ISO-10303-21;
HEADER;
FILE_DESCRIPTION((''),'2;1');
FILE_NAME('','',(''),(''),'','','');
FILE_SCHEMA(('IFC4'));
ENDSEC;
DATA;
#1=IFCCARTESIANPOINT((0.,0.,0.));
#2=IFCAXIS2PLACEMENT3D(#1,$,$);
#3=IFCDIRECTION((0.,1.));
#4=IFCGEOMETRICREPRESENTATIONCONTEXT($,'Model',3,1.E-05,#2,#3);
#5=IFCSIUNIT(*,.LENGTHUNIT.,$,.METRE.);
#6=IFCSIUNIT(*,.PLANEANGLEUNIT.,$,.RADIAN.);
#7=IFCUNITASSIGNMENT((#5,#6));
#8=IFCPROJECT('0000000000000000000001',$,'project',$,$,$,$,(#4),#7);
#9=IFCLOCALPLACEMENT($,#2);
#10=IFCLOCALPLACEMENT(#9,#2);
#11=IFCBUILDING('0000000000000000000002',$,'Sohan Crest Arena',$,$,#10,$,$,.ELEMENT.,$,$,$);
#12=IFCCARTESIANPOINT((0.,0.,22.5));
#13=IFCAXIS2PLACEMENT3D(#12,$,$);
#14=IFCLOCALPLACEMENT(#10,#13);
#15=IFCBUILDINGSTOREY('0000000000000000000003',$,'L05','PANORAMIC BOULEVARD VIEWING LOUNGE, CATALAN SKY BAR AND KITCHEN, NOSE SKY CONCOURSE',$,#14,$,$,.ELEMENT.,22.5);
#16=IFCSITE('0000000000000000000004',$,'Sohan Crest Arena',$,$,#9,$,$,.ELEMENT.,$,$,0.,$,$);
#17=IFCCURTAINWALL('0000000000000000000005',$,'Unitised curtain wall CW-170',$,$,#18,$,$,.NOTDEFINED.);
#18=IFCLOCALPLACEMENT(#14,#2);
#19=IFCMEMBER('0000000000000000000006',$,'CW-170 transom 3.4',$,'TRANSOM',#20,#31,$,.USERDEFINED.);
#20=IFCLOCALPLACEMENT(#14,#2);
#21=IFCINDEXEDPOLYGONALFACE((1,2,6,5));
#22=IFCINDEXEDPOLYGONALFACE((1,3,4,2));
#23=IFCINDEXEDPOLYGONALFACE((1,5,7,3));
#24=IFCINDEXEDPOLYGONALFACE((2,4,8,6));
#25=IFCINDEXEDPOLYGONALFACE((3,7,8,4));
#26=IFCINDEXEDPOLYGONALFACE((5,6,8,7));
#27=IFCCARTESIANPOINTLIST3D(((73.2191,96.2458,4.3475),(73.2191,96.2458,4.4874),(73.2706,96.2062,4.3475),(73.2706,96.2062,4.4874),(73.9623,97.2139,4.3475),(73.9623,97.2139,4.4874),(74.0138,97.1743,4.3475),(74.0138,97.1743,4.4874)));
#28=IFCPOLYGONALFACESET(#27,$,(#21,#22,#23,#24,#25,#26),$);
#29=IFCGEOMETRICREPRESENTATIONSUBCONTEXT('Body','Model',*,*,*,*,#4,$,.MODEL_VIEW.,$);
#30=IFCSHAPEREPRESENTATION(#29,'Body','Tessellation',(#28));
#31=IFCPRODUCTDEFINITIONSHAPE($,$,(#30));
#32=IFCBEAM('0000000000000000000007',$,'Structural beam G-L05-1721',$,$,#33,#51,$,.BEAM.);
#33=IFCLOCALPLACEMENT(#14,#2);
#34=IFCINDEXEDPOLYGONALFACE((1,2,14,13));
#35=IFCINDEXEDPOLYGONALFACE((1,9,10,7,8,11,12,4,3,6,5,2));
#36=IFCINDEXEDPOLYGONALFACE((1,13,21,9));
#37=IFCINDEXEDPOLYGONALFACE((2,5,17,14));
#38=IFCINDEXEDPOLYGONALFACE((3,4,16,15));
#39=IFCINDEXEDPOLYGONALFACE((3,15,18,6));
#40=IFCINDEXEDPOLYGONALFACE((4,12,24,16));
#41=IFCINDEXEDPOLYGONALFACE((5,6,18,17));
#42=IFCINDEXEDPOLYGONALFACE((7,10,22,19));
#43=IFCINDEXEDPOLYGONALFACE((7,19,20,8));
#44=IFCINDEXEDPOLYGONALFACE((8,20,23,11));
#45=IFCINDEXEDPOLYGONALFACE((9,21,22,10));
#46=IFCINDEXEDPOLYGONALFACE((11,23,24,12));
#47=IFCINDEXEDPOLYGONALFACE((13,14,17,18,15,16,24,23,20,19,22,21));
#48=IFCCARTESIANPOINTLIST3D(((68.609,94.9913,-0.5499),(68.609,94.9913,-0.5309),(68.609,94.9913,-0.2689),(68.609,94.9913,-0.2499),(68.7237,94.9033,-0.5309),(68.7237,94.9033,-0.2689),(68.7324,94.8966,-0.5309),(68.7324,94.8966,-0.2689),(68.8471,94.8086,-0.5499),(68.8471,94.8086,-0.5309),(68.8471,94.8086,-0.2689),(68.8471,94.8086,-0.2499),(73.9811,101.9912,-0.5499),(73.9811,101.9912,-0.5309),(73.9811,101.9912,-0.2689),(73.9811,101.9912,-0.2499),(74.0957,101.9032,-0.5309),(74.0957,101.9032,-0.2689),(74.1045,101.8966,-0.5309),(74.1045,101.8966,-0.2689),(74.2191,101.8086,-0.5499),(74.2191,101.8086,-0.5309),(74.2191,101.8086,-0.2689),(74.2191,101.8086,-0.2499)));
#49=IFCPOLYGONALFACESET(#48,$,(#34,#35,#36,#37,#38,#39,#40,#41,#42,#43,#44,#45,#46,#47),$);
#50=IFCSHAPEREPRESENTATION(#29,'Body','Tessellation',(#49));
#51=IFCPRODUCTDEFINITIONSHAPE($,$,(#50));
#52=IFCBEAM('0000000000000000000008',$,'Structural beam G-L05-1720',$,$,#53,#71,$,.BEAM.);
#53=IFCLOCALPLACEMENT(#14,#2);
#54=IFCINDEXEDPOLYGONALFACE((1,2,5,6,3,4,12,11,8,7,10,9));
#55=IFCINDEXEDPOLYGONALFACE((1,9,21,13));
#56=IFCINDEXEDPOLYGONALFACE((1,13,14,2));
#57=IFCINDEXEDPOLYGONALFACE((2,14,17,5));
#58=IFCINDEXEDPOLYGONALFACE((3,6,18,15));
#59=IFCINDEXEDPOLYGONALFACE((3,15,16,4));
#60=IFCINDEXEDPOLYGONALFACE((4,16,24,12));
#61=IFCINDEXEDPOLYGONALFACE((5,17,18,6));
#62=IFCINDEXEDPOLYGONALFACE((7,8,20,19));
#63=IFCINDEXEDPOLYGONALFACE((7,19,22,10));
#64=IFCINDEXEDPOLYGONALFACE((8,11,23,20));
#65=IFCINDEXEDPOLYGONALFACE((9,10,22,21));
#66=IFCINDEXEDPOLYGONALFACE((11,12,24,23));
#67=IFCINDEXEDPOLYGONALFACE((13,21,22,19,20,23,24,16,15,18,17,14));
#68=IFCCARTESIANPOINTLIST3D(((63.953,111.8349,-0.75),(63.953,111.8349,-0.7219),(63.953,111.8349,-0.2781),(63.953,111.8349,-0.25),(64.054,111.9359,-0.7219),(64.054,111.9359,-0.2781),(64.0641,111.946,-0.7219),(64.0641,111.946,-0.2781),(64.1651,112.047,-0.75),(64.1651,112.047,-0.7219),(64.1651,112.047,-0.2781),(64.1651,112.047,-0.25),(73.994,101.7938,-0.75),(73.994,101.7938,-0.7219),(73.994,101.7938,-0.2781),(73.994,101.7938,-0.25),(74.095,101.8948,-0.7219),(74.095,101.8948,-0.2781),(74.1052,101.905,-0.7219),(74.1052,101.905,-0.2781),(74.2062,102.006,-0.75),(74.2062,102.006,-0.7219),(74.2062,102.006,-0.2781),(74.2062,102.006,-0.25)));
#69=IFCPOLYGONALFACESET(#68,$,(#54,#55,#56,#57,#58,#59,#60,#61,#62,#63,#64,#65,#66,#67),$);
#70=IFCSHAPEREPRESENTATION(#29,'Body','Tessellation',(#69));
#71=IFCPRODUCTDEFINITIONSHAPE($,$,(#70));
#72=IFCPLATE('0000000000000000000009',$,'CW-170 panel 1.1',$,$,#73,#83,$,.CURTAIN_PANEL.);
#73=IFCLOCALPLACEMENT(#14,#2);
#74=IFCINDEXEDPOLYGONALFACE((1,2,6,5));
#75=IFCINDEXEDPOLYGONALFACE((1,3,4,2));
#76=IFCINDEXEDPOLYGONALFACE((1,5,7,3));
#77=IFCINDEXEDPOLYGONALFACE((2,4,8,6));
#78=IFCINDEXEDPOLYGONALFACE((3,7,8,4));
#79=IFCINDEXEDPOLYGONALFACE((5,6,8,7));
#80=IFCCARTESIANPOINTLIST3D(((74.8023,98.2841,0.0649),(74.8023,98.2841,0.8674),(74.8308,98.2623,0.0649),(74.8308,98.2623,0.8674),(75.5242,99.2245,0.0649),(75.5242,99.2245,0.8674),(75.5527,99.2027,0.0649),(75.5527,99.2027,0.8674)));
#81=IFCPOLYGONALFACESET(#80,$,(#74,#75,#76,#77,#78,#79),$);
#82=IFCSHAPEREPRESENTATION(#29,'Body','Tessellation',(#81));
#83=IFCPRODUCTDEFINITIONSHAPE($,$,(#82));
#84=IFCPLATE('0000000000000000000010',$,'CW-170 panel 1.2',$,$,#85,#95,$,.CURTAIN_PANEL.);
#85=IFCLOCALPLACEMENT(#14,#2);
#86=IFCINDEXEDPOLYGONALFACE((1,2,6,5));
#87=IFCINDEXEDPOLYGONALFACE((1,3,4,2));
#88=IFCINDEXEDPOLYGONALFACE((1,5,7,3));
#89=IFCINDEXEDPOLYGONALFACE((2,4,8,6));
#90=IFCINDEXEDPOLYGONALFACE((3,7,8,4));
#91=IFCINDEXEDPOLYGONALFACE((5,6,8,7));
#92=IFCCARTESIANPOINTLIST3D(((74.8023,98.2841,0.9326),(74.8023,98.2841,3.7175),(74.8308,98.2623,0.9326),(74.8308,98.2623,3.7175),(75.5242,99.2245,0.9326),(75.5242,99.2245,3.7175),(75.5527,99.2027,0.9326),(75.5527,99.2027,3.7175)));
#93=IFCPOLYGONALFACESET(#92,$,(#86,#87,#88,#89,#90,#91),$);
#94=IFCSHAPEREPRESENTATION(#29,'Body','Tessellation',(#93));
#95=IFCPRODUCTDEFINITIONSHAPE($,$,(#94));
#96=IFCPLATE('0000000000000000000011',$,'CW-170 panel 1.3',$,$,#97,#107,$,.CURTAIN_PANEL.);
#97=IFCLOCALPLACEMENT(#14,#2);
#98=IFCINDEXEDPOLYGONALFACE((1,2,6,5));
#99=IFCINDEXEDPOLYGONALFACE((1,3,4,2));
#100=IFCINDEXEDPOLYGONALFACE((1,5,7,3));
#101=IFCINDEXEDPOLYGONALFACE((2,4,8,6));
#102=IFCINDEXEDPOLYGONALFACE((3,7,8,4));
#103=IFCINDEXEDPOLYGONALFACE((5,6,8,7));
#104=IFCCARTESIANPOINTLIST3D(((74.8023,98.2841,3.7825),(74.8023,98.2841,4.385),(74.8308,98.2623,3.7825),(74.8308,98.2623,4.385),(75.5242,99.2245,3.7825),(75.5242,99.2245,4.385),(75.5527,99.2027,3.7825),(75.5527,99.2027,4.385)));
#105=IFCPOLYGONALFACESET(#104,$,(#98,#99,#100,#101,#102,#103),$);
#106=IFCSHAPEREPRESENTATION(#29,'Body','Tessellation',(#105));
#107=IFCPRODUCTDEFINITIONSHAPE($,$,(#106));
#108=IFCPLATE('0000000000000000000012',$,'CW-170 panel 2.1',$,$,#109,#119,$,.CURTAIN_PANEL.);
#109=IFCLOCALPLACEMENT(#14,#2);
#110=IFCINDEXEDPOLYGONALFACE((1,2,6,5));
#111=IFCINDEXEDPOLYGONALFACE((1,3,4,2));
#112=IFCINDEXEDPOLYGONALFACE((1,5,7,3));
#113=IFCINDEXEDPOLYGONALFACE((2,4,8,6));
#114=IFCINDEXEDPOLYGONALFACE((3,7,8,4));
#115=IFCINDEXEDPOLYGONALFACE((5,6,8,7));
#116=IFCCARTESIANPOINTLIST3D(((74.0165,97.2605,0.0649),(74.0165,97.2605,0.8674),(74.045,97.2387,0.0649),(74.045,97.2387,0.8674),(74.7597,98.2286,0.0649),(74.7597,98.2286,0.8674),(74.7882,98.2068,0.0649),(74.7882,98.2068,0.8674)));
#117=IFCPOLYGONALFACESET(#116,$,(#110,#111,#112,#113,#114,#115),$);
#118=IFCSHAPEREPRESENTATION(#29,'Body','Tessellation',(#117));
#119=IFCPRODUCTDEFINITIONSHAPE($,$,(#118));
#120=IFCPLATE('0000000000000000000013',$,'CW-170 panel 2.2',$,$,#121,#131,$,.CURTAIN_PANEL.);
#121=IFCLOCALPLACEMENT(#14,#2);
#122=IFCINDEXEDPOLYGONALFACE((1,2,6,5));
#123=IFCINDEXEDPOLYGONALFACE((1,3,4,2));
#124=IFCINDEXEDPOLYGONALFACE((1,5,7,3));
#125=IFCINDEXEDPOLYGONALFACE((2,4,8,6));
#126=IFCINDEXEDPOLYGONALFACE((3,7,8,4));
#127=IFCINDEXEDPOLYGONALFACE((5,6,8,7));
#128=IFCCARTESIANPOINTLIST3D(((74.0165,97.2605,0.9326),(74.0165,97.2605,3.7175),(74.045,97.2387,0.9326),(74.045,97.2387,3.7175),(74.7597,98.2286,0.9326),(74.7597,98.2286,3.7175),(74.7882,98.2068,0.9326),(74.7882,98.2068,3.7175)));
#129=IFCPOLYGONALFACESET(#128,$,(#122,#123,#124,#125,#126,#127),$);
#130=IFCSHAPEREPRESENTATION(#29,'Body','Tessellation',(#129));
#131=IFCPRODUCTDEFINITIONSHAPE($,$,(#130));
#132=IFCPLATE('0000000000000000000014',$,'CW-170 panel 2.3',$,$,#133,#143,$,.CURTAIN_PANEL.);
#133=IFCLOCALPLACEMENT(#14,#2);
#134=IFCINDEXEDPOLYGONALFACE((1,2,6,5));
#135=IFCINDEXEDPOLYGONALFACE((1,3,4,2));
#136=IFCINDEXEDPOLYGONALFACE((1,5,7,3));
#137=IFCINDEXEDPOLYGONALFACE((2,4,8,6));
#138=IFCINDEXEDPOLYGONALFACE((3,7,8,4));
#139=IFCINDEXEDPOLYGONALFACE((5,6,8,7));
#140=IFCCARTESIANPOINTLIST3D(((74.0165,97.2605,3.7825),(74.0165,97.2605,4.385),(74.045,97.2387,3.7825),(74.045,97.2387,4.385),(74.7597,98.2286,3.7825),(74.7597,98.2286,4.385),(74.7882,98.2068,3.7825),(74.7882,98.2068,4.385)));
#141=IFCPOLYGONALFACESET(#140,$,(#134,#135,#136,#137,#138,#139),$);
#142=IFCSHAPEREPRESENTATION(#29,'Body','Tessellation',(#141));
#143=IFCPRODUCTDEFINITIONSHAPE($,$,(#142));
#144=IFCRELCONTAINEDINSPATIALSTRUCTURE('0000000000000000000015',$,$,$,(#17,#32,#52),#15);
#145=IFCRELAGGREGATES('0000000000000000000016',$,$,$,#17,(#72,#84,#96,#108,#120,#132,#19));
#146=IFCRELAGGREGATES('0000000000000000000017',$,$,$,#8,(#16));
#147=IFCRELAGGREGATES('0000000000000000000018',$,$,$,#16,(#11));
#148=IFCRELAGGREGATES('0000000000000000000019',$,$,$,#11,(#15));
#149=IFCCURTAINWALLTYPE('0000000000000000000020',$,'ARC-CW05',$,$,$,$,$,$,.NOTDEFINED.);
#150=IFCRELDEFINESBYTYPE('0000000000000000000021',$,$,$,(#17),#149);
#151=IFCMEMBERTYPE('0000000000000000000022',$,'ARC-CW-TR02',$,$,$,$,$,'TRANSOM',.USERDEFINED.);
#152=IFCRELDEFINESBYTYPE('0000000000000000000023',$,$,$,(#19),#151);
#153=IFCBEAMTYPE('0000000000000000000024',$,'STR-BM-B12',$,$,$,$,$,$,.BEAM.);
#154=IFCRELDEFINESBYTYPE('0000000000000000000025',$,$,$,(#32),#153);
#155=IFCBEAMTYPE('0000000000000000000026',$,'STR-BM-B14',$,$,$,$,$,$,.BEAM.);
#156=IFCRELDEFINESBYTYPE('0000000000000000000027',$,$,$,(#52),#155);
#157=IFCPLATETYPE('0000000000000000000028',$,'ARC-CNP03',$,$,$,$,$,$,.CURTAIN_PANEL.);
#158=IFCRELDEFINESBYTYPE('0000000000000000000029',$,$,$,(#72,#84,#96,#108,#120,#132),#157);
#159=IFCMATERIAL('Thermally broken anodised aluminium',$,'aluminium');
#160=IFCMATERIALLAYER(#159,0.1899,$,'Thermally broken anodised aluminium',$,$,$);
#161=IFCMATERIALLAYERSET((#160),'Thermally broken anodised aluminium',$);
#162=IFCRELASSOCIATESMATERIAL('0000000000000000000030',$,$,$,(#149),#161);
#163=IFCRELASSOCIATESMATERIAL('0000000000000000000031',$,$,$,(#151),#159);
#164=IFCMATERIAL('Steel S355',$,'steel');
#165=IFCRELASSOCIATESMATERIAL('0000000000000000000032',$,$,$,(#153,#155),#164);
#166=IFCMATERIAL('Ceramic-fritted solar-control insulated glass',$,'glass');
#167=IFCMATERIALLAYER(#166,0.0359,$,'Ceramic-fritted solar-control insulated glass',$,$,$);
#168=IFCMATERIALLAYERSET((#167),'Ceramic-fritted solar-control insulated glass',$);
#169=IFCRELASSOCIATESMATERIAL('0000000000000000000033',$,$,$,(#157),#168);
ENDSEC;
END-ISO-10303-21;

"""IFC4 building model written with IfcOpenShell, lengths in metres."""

from ifc_helpers import new_model, si_unit, direction, frame, origin, origin_2d, place, context, subcontext, project, spatial, rectangle, i_section, extrude, material, layer, layer_set, material_profile, profile_set, type_object, element, aggregate, save


model = new_model("IFC4")

# Units and contexts
model_context = context("Model", 3, precision=1e-05, world=origin(), true_north=direction((0.0, 1.0)))
body_context = subcontext(model_context, "Body", "Model", "MODEL_VIEW")
ifc_project = project(units=[si_unit("LENGTHUNIT", "METRE"), si_unit("PLANEANGLEUNIT", "RADIAN")], contexts=[model_context])

# Site, building, storey
site_placement = place(None, origin())
site = spatial("IfcSite", under=ifc_project, at=site_placement, Name="Sohan Crest Arena", CompositionType="ELEMENT", RefElevation=0.0)
building_placement = place(site_placement, origin())
building = spatial("IfcBuilding", under=site, at=building_placement, Name="Sohan Crest Arena", CompositionType="ELEMENT")
storey_placement = place(building_placement, frame((0.0, 0.0, 22.5)))
storey = spatial("IfcBuildingStorey", under=building, at=storey_placement, Name="L05", Description="PANORAMIC BOULEVARD VIEWING LOUNGE, CATALAN SKY BAR AND KITCHEN, NOSE SKY CONCOURSE", CompositionType="ELEMENT", Elevation=22.5)

# Shared definitions
ifc_material_1 = material(Name="Steel S355", Category="steel")

# Curtain wall, member
ifc_material_2 = material(Name="Thermally broken anodised aluminium", Category="aluminium")
ifc_layer_1 = layer(ifc_material_2, 0.1899, Name="Thermally broken anodised aluminium")
ifc_layer_set_1 = layer_set([ifc_layer_1], Name="Thermally broken anodised aluminium")
curtain_wall_type = type_object("IfcCurtainWallType", Name="ARC-CW05", PredefinedType="NOTDEFINED", material=ifc_layer_set_1)
curtain_wall_placement = place(storey_placement, origin())
curtain_wall = element("IfcCurtainWall", 1, at=curtain_wall_placement, inside=storey, type_object=curtain_wall_type, Name="Unitised curtain wall CW-170", PredefinedType="NOTDEFINED")
ifc_material_profile_1 = material_profile(ifc_material_2, rectangle(XDim=0.0649, YDim=0.1399, at=origin_2d()), Name="ALU-TRAN 65x140")
ifc_profile_set_1 = profile_set([ifc_material_profile_1], Name="Thermally broken anodised aluminium")
member_type_1 = type_object("IfcMemberType", Name="ARC-CW-TR02", ElementType="TRANSOM", PredefinedType="USERDEFINED", material=ifc_profile_set_1)
member_1_placement = place(storey_placement, frame((73.988, 97.1941, 4.4175), z_axis=(-0.608956, -0.793204, 0.0), x_axis=(0.793204, -0.608956, 0.0)))
member_1 = element("IfcMember", 2, at=member_1_placement, type_object=member_type_1, Name="CW-170 transom 3.4", ObjectType="TRANSOM", PredefinedType="USERDEFINED", context=body_context, shape_type="SweptSolid", body=[
    extrude(rectangle(XDim=0.0649, YDim=0.1399, at=origin_2d()), origin(), (0.0, 0.0, 1.0), 1.2205),
])

# Beams
ifc_material_profile_2 = material_profile(ifc_material_1, i_section(OverallWidth=0.3, OverallDepth=0.3, WebThickness=0.011, FlangeThickness=0.019, at=origin_2d()), Name="HEB 300")
ifc_profile_set_2 = profile_set([ifc_material_profile_2], Name="Steel S355")
beam_type_1 = type_object("IfcBeamType", Name="STR-BM-B12", PredefinedType="BEAM", material=ifc_profile_set_2)
beam_1_placement = place(storey_placement, frame((74.1001, 101.8999, -0.3999), z_axis=(-0.608817, -0.793311, 0.0), x_axis=(0.793311, -0.608817, 0.0)))
element("IfcBeam", 3, at=beam_1_placement, inside=storey, type_object=beam_type_1, Name="Structural beam G-L05-1721", PredefinedType="BEAM", context=body_context, shape_type="SweptSolid", body=[
    extrude(i_section(OverallWidth=0.3, OverallDepth=0.3, WebThickness=0.011, FlangeThickness=0.019, at=origin_2d()), origin(), (0.0, 0.0, 1.0), 8.8237),
])
ifc_material_profile_3 = material_profile(ifc_material_1, i_section(OverallWidth=0.3, OverallDepth=0.5, WebThickness=0.0144, FlangeThickness=0.0281, at=origin_2d()), Name="HEB 500")
ifc_profile_set_3 = profile_set([ifc_material_profile_3], Name="Steel S355")
beam_type_2 = type_object("IfcBeamType", Name="STR-BM-B14", PredefinedType="BEAM", material=ifc_profile_set_3)
beam_2_placement = place(storey_placement, frame((74.1001, 101.8999, -0.5), z_axis=(-0.707107, 0.707107, 0.0), x_axis=(-0.707107, -0.707107, 0.0)))
element("IfcBeam", 4, at=beam_2_placement, inside=storey, type_object=beam_type_2, Name="Structural beam G-L05-1720", PredefinedType="BEAM", context=body_context, shape_type="SweptSolid", body=[
    extrude(i_section(OverallWidth=0.3, OverallDepth=0.5, WebThickness=0.0144, FlangeThickness=0.0281, at=origin_2d()), origin(), (0.0, 0.0, 1.0), 14.2002),
])

# Plates
ifc_material_3 = material(Name="Ceramic-fritted solar-control insulated glass", Category="glass")
ifc_layer_2 = layer(ifc_material_3, 0.0359, Name="Ceramic-fritted solar-control insulated glass")
ifc_layer_set_2 = layer_set([ifc_layer_2], Name="Ceramic-fritted solar-control insulated glass")
plate_type = type_object("IfcPlateType", Name="ARC-CNP03", PredefinedType="CURTAIN_PANEL", material=ifc_layer_set_2)
plate_1_placement = place(storey_placement, frame((75.1775, 98.7434, 0.0649), z_axis=(0.0, 0.0, 1.0), x_axis=(-0.608939, -0.793217, 0.0)))
plate_1 = element("IfcPlate", 5, at=plate_1_placement, type_object=plate_type, Name="CW-170 panel 1.1", PredefinedType="CURTAIN_PANEL", context=body_context, shape_type="SweptSolid", body=[
    extrude(rectangle(XDim=1.1855, YDim=0.0359, at=origin_2d()), origin(), (0.0, 0.0, 1.0), 0.8025),
])
plate_2_placement = place(storey_placement, frame((75.1775, 98.7434, 0.9326), z_axis=(0.0, 0.0, 1.0), x_axis=(-0.608939, -0.793217, 0.0)))
plate_2 = element("IfcPlate", 6, at=plate_2_placement, type_object=plate_type, Name="CW-170 panel 1.2", PredefinedType="CURTAIN_PANEL", context=body_context, shape_type="SweptSolid", body=[
    extrude(rectangle(XDim=1.1855, YDim=0.0359, at=origin_2d()), origin(), (0.0, 0.0, 1.0), 2.7849),
])
plate_3_placement = place(storey_placement, frame((75.1775, 98.7434, 3.7825), z_axis=(0.0, 0.0, 1.0), x_axis=(-0.608939, -0.793217, 0.0)))
plate_3 = element("IfcPlate", 7, at=plate_3_placement, type_object=plate_type, Name="CW-170 panel 1.3", PredefinedType="CURTAIN_PANEL", context=body_context, shape_type="SweptSolid", body=[
    extrude(rectangle(XDim=1.1855, YDim=0.0359, at=origin_2d()), origin(), (0.0, 0.0, 1.0), 0.6025),
])
plate_4_placement = place(storey_placement, frame((74.4023, 97.7336, 0.0649), z_axis=(0.0, 0.0, 1.0), x_axis=(-0.608939, -0.793217, 0.0)))
plate_4 = element("IfcPlate", 8, at=plate_4_placement, type_object=plate_type, Name="CW-170 panel 2.1", PredefinedType="CURTAIN_PANEL", context=body_context, shape_type="SweptSolid", body=[
    extrude(rectangle(XDim=1.2205, YDim=0.0359, at=origin_2d()), origin(), (0.0, 0.0, 1.0), 0.8025),
])
plate_5_placement = place(storey_placement, frame((74.4023, 97.7336, 0.9326), z_axis=(0.0, 0.0, 1.0), x_axis=(-0.608939, -0.793217, 0.0)))
plate_5 = element("IfcPlate", 9, at=plate_5_placement, type_object=plate_type, Name="CW-170 panel 2.2", PredefinedType="CURTAIN_PANEL", context=body_context, shape_type="SweptSolid", body=[
    extrude(rectangle(XDim=1.2205, YDim=0.0359, at=origin_2d()), origin(), (0.0, 0.0, 1.0), 2.7849),
])
plate_6_placement = place(storey_placement, frame((74.4023, 97.7336, 3.7825), z_axis=(0.0, 0.0, 1.0), x_axis=(-0.608939, -0.793217, 0.0)))
plate_6 = element("IfcPlate", 10, at=plate_6_placement, type_object=plate_type, Name="CW-170 panel 2.3", PredefinedType="CURTAIN_PANEL", context=body_context, shape_type="SweptSolid", body=[
    extrude(rectangle(XDim=1.2205, YDim=0.0359, at=origin_2d()), origin(), (0.0, 0.0, 1.0), 0.6025),
])
aggregate(curtain_wall, [plate_1, plate_2, plate_3, plate_4, plate_5, plate_6, member_1])

save(model, "model.ifc")
